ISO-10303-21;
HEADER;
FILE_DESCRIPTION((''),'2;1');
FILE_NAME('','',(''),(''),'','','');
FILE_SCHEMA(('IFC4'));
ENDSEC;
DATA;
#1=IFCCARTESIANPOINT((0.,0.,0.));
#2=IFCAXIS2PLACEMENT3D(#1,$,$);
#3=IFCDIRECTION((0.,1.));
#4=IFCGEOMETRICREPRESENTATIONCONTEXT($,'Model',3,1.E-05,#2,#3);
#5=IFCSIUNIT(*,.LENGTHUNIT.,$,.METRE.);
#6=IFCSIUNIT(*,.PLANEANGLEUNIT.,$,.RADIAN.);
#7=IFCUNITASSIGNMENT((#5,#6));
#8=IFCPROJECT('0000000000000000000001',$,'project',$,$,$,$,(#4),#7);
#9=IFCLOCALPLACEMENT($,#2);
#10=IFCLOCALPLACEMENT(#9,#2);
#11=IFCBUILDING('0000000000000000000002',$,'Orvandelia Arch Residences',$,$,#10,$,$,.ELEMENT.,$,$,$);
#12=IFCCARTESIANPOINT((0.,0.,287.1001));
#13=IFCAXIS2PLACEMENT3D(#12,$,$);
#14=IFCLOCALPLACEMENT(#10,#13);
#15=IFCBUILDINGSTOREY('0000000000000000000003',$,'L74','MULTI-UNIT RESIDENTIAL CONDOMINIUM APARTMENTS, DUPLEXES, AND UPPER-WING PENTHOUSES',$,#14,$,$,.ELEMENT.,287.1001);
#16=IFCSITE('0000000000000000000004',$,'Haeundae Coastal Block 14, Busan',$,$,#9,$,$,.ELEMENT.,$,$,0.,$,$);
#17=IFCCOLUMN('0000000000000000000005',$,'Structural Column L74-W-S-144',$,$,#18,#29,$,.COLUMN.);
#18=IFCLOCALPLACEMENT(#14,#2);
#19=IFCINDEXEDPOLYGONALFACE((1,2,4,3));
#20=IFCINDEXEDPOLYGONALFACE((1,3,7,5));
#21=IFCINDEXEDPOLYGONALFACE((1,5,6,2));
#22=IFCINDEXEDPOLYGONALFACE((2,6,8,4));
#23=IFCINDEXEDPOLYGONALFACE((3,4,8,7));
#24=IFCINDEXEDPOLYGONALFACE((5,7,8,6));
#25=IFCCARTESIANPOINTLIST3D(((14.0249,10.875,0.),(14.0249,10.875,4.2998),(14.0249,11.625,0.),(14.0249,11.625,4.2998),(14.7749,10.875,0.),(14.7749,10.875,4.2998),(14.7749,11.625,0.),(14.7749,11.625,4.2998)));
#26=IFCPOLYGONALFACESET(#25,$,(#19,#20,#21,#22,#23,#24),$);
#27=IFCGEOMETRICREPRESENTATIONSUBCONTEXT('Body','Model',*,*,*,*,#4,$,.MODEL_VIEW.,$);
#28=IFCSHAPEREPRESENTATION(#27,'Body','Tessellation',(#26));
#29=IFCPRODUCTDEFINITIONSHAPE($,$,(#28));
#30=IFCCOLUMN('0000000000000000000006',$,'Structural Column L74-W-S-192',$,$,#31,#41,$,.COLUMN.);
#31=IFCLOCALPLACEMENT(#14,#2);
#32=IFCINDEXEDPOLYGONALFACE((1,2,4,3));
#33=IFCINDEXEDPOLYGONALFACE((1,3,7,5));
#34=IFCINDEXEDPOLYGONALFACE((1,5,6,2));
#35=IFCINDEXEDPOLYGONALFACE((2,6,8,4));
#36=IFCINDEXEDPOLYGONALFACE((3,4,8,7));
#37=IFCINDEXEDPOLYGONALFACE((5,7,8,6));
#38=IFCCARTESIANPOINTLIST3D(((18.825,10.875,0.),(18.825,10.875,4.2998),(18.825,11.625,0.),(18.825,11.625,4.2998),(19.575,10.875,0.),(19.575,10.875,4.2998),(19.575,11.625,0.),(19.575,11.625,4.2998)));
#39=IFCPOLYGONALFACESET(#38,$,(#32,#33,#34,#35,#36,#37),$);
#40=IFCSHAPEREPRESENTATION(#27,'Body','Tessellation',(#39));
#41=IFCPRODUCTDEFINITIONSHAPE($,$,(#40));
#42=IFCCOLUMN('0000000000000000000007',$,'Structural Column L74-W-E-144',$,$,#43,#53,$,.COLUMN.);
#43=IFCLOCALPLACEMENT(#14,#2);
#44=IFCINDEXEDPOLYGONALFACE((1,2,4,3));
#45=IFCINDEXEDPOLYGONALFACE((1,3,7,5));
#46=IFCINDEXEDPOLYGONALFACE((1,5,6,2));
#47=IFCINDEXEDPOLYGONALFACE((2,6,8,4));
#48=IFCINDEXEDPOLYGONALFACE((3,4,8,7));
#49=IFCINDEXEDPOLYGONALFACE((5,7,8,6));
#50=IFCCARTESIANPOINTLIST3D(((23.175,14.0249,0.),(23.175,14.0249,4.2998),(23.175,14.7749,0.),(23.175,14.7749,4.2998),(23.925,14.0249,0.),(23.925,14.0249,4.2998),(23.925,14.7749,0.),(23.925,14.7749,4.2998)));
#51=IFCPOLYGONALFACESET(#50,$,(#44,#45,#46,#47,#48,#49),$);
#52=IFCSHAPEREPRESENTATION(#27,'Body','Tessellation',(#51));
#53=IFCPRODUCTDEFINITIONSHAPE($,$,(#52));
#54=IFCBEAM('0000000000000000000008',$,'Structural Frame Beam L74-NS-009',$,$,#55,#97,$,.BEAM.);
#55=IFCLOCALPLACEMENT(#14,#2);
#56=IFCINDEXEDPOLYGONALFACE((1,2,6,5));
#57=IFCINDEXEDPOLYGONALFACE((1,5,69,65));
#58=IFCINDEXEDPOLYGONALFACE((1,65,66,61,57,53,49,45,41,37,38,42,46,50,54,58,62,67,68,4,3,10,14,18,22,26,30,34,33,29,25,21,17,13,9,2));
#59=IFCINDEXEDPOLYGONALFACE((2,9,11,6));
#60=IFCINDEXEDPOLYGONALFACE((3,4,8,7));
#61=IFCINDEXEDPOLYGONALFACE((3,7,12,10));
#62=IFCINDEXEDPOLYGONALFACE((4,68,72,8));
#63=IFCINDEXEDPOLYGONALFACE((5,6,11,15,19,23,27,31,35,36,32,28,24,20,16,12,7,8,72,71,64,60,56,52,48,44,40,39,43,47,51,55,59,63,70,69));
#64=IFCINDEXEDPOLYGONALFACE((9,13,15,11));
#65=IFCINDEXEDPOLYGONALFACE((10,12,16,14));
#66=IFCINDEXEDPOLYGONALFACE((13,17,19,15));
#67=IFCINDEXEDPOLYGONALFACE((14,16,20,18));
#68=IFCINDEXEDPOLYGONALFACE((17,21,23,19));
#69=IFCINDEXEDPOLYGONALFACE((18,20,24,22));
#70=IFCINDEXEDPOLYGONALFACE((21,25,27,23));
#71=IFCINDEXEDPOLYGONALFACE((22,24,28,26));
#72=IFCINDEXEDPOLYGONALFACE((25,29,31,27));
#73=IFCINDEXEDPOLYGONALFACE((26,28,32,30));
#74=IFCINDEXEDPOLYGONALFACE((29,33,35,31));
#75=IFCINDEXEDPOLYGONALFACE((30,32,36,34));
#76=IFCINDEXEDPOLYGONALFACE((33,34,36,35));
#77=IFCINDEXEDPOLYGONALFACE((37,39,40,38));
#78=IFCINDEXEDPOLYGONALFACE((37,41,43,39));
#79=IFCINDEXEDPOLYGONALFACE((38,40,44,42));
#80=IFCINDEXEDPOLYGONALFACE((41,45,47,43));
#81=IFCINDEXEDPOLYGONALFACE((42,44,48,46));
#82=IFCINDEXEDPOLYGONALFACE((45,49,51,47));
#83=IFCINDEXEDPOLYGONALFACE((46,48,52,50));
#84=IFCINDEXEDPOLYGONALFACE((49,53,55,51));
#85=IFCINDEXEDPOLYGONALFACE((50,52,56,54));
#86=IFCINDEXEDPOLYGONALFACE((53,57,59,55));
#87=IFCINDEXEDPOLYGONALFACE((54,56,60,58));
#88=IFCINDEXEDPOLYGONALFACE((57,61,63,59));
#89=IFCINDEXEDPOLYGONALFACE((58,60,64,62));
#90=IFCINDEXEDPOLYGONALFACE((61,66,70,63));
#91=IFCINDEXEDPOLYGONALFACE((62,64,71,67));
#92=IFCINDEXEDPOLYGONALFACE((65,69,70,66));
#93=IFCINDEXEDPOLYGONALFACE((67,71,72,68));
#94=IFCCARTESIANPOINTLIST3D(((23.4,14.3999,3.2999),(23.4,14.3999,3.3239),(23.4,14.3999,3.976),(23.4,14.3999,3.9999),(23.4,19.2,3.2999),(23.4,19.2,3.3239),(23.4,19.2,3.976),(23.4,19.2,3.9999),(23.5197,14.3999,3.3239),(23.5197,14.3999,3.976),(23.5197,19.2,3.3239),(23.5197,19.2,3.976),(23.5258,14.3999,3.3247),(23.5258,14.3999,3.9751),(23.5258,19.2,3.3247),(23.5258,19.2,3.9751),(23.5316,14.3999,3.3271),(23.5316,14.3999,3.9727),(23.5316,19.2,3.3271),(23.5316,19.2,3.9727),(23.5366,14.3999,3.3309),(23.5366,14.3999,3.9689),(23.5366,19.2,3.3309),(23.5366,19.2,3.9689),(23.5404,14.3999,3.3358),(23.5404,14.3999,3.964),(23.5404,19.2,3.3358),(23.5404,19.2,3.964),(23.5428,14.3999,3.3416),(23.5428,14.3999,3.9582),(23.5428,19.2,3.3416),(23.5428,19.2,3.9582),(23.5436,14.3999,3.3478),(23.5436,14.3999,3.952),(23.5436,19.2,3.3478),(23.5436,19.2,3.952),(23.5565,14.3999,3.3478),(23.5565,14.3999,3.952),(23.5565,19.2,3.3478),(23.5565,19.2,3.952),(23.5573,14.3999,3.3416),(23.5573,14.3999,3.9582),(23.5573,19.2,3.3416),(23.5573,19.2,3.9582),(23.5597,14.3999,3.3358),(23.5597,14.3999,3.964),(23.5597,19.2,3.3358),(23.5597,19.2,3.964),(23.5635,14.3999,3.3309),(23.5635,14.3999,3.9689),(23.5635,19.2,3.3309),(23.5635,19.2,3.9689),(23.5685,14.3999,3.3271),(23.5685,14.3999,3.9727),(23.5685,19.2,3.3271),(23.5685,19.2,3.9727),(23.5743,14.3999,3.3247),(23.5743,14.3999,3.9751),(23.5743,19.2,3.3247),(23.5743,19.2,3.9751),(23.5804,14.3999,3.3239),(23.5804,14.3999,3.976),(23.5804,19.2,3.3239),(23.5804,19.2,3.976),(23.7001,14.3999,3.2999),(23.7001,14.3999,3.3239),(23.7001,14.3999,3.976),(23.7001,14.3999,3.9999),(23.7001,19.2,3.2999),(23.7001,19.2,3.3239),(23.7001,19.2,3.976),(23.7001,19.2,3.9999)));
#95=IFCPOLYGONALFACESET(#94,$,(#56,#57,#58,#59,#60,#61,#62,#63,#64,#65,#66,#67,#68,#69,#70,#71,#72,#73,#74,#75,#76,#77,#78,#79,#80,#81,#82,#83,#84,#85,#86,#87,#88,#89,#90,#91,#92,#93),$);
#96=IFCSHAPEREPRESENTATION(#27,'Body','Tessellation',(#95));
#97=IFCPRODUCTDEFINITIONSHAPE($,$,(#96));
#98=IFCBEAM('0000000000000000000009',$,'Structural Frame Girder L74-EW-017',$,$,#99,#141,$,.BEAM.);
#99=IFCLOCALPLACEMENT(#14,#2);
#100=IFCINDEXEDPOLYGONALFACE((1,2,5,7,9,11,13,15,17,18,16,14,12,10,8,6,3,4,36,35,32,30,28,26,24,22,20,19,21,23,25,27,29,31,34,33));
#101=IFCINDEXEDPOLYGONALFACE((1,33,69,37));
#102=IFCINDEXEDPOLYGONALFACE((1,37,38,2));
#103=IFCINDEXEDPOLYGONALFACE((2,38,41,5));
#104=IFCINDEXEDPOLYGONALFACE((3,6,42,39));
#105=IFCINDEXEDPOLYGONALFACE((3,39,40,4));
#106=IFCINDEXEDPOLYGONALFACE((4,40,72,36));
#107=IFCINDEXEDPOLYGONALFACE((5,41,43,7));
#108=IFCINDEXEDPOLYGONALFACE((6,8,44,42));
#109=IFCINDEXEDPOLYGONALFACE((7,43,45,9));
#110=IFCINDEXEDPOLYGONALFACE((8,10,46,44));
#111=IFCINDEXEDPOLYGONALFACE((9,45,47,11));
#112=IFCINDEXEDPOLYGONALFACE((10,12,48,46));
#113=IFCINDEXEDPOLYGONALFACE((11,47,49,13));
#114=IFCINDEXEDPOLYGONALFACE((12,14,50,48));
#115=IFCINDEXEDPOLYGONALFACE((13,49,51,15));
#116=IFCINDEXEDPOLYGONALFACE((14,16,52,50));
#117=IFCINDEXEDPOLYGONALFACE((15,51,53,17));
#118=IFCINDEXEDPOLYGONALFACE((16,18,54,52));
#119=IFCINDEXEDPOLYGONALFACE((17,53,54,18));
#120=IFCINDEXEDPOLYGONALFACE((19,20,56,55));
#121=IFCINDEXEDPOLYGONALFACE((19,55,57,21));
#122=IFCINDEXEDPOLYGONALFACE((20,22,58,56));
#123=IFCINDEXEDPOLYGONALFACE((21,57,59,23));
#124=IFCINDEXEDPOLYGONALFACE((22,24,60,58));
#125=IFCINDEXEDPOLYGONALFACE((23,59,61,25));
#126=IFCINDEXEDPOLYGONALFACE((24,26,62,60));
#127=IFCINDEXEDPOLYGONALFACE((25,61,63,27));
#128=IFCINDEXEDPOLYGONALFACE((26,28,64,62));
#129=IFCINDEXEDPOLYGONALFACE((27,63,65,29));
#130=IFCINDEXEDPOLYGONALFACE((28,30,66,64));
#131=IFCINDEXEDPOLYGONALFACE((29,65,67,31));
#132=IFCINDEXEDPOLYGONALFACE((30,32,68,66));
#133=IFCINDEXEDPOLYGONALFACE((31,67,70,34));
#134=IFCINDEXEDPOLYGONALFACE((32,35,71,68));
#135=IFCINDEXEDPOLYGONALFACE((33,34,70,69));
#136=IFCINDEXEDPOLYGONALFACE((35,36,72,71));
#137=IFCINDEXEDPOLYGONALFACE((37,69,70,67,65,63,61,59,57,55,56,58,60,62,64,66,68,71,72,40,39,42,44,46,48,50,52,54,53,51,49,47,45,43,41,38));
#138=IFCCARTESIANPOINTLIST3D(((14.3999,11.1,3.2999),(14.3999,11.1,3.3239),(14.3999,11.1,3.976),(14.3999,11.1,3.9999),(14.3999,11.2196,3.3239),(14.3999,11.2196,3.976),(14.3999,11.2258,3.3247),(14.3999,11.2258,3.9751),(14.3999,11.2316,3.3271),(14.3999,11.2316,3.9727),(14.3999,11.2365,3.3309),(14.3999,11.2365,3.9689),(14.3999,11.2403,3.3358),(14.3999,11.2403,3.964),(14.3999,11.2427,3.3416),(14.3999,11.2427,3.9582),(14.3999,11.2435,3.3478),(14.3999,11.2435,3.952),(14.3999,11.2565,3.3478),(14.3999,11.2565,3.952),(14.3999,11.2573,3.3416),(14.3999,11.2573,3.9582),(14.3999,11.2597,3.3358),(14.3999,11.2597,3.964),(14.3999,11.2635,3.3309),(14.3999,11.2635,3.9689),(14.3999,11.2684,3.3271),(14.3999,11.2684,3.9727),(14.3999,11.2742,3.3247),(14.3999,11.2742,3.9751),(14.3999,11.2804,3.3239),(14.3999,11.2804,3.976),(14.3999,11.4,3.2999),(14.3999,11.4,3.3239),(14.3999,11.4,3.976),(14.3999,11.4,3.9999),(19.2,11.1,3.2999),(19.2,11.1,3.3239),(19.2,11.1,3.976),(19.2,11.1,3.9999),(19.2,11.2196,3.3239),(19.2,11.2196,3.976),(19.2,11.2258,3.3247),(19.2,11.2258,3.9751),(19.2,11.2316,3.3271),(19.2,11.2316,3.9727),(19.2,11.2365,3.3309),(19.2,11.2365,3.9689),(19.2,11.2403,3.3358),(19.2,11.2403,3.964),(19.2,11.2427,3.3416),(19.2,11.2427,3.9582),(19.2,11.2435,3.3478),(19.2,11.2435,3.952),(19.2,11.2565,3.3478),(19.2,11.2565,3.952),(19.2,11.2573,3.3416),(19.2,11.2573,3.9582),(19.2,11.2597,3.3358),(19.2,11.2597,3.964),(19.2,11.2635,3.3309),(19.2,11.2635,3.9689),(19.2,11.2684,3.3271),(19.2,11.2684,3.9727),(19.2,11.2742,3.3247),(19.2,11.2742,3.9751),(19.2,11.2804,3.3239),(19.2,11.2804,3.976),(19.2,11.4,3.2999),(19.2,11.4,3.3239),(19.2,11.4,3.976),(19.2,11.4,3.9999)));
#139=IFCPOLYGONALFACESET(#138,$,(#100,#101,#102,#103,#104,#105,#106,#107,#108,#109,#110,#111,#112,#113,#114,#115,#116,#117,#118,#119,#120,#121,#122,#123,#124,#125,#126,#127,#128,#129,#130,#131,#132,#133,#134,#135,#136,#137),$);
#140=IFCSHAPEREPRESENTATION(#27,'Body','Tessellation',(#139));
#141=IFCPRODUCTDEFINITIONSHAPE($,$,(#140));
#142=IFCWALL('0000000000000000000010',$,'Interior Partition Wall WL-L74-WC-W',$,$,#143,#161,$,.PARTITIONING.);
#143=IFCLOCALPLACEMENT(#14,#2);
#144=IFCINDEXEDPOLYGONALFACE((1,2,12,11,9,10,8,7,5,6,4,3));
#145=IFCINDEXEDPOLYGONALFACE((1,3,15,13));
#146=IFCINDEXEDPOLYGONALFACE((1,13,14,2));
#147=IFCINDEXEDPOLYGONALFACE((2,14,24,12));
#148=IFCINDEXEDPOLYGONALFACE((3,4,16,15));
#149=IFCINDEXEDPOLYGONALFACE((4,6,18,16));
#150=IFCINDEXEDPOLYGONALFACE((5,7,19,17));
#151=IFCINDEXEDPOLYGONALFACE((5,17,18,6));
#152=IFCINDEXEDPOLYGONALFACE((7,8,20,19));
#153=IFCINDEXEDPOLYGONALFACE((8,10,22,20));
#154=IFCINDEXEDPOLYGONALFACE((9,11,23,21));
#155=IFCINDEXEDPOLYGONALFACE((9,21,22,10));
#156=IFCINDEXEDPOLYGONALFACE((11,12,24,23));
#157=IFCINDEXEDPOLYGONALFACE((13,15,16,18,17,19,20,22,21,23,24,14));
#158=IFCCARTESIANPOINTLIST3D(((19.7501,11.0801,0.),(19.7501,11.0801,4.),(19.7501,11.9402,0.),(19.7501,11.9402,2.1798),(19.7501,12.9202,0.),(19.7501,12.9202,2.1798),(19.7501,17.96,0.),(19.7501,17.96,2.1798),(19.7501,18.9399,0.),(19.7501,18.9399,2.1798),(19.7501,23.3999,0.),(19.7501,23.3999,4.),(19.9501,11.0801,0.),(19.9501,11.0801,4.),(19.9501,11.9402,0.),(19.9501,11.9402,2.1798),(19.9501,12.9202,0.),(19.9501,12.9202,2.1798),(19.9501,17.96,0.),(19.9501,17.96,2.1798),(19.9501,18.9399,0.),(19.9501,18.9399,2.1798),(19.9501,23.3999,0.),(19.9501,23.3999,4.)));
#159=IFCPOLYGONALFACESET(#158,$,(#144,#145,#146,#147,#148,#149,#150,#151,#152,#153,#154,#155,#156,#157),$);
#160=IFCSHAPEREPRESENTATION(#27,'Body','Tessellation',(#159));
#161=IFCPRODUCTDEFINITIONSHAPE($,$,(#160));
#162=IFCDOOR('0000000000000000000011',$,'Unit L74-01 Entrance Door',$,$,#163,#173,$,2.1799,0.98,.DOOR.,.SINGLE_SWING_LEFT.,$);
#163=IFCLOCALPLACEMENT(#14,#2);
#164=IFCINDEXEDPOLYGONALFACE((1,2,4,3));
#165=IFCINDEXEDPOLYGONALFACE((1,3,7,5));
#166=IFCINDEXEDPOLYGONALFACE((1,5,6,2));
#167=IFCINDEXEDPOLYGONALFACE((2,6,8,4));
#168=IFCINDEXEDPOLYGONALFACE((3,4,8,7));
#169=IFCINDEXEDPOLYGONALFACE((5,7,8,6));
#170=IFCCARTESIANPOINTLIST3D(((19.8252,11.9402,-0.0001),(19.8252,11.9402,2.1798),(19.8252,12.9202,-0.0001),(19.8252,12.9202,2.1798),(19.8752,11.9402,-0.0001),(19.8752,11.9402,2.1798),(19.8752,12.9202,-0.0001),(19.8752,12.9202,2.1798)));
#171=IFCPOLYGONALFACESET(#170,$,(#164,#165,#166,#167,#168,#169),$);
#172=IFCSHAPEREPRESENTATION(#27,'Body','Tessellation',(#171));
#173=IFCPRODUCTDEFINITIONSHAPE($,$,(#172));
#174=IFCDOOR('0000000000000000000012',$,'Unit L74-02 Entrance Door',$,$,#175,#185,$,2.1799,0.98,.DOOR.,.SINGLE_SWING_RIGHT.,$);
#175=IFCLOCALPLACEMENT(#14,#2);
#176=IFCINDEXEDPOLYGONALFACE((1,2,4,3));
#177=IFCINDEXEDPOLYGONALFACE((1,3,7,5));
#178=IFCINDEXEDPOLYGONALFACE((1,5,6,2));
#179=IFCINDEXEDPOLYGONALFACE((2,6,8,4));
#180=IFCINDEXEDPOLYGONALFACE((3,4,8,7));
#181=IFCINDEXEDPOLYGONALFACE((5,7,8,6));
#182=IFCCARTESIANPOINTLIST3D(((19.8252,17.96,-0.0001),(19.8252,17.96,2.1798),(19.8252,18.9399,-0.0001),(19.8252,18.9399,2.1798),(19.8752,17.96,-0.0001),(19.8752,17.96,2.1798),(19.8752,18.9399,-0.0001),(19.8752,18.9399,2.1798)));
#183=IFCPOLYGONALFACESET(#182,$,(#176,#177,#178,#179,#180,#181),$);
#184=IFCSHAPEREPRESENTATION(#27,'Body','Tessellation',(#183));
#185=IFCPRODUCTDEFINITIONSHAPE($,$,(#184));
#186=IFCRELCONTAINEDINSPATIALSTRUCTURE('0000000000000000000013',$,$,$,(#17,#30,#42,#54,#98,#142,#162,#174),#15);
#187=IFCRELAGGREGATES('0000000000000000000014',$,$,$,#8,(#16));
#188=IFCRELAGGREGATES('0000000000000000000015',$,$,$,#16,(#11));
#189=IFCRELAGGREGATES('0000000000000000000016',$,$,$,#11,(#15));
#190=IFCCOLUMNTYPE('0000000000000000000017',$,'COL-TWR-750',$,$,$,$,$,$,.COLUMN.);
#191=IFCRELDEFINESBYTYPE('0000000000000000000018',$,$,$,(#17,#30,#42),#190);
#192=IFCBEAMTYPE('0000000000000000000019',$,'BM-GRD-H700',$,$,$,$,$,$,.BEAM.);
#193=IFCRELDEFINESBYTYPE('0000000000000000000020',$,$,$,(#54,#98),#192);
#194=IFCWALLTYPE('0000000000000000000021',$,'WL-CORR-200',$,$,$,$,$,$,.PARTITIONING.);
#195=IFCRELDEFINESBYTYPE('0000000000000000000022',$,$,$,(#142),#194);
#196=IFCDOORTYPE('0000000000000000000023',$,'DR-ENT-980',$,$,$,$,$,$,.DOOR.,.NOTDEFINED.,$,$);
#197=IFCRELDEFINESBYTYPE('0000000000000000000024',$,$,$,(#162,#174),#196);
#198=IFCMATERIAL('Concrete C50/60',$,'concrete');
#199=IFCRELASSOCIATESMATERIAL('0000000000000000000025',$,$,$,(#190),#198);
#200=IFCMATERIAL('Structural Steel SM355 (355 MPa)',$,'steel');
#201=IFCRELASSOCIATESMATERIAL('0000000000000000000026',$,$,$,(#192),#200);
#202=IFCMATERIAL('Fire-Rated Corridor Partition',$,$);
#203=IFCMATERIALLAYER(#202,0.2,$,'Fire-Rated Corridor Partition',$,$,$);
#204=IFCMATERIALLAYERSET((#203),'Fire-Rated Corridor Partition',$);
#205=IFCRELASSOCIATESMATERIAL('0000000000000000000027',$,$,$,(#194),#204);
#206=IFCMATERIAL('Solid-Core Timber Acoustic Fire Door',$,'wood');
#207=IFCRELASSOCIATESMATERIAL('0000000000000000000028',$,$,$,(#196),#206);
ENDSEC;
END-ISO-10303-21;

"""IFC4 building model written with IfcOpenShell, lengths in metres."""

from ifc_helpers import new_model, si_unit, direction, frame, frame_2d, origin, origin_2d, place, context, subcontext, project, spatial, rectangle, i_section, extrude, material, layer, layer_set, material_profile, profile_set, type_object, element, fill, save


model = new_model("IFC4")

# Units and contexts
model_context = context("Model", 3, precision=1e-05, world=origin(), true_north=direction((0.0, 1.0)))
body_context = subcontext(model_context, "Body", "Model", "MODEL_VIEW")
ifc_project = project(units=[si_unit("LENGTHUNIT", "METRE"), si_unit("PLANEANGLEUNIT", "RADIAN")], contexts=[model_context])

# Site, building, storey
site_placement = place(None, origin())
site = spatial("IfcSite", under=ifc_project, at=site_placement, Name="Haeundae Coastal Block 14, Busan", CompositionType="ELEMENT", RefElevation=0.0)
building_placement = place(site_placement, origin())
building = spatial("IfcBuilding", under=site, at=building_placement, Name="Orvandelia Arch Residences", CompositionType="ELEMENT")
storey_placement = place(building_placement, frame((0.0, 0.0, 287.1001)))
storey = spatial("IfcBuildingStorey", under=building, at=storey_placement, Name="L74", Description="MULTI-UNIT RESIDENTIAL CONDOMINIUM APARTMENTS, DUPLEXES, AND UPPER-WING PENTHOUSES", CompositionType="ELEMENT", Elevation=287.1001)

# Columns
ifc_material_1 = material(Name="Concrete C50/60", Category="concrete")
ifc_material_profile_1 = material_profile(ifc_material_1, rectangle(XDim=0.75, YDim=0.75, at=origin_2d()), Name="Concrete C50/60", Category="concrete")
ifc_profile_set_1 = profile_set([ifc_material_profile_1], Name="Concrete C50/60")
column_type = type_object("IfcColumnType", Name="COL-TWR-750", PredefinedType="COLUMN", material=ifc_profile_set_1)
for number, where, z_axis, x_axis, name in (
    (1, (14.3999, 11.25, 0.0), (0.0, 0.0, 1.0), (1.0, 0.0, 0.0), "Structural Column L74-W-S-144"),
    (2, (19.2, 11.25, 0.0), (0.0, 0.0, 1.0), (1.0, 0.0, 0.0), "Structural Column L74-W-S-192"),
    (3, (23.55, 14.3999, 0.0), (0.0, 0.0, 1.0), (1.0, 0.0, 0.0), "Structural Column L74-W-E-144"),
):
    element("IfcColumn", number, at=place(storey_placement, frame(where, z_axis=z_axis, x_axis=x_axis)), inside=storey, type_object=column_type, Name=name, PredefinedType="COLUMN", context=body_context, shape_type="SweptSolid", body=[
        extrude(rectangle(XDim=0.75, YDim=0.75, at=origin_2d()), origin(), (0.0, 0.0, 1.0), 4.2998),
    ])

# Beams
ifc_material_2 = material(Name="Structural Steel SM355 (355 MPa)", Category="steel")
ifc_material_profile_2 = material_profile(ifc_material_2, i_section(OverallWidth=0.3, OverallDepth=0.7, WebThickness=0.0129, FlangeThickness=0.0239, FilletRadius=0.0239, at=origin_2d()), Name="Structural Steel SM355 (355 MPa)", Category="steel")
ifc_profile_set_2 = profile_set([ifc_material_profile_2], Name="Structural Steel SM355 (355 MPa)")
beam_type = type_object("IfcBeamType", Name="BM-GRD-H700", PredefinedType="BEAM", material=ifc_profile_set_2)
for number, where, z_axis, x_axis, name in (
    (4, (23.55, 14.3999, 3.6499), (0.0, 1.0, 0.0), (-1.0, 0.0, 0.0), "Structural Frame Beam L74-NS-009"),
    (5, (14.3999, 11.25, 3.6499), (1.0, 0.0, 0.0), (0.0, 1.0, 0.0), "Structural Frame Girder L74-EW-017"),
):
    element("IfcBeam", number, at=place(storey_placement, frame(where, z_axis=z_axis, x_axis=x_axis)), inside=storey, type_object=beam_type, Name=name, PredefinedType="BEAM", context=body_context, shape_type="SweptSolid", body=[
        extrude(i_section(OverallWidth=0.3, OverallDepth=0.7, WebThickness=0.0129, FlangeThickness=0.0239, FilletRadius=0.0239, at=origin_2d()), origin(), (0.0, 0.0, 1.0), 4.8),
    ])

# Wall, openings, doors
ifc_material_3 = material(Name="Fire-Rated Corridor Partition")
ifc_layer_1 = layer(ifc_material_3, 0.2, Name="Fire-Rated Corridor Partition")
ifc_layer_set_1 = layer_set([ifc_layer_1], Name="Fire-Rated Corridor Partition")
wall_type_1 = type_object("IfcWallType", Name="WL-CORR-200", PredefinedType="PARTITIONING", material=ifc_layer_set_1)
wall_1_placement = place(storey_placement, frame((19.8501, 11.0801, 0.0), z_axis=(0.0, 0.0, 1.0), x_axis=(0.0, 1.0, 0.0)))
wall_1 = element("IfcWall", 6, at=wall_1_placement, inside=storey, type_object=wall_type_1, Name="Interior Partition Wall WL-L74-WC-W", PredefinedType="PARTITIONING", context=body_context, shape_type="SweptSolid", body=[
    extrude(rectangle(XDim=12.3198, YDim=0.2, at=frame_2d((6.1599, 0.0))), origin(), (0.0, 0.0, 1.0), 4.0),
])
opening_1_placement = place(wall_1_placement, frame((0.8601, 0.0, 0.0)))
opening_1 = element("IfcOpeningElement", 7, at=opening_1_placement, cuts=wall_1, PredefinedType="OPENING", context=body_context, shape_type="SweptSolid", body=[
    extrude(rectangle(XDim=0.98, YDim=2.1799, at=frame_2d((0.49, 1.0898))), frame((0.0, 0.1099, 0.0), z_axis=(0.0, -1.0, 0.0), x_axis=(1.0, 0.0, 0.0)), (0.0, 0.0, 1.0), 0.22),
])
opening_2_placement = place(wall_1_placement, frame((6.8799, 0.0, 0.0)))
opening_2 = element("IfcOpeningElement", 8, at=opening_2_placement, cuts=wall_1, PredefinedType="OPENING", context=body_context, shape_type="SweptSolid", body=[
    extrude(rectangle(XDim=0.98, YDim=2.1799, at=frame_2d((0.49, 1.0898))), frame((0.0, 0.1099, 0.0), z_axis=(0.0, -1.0, 0.0), x_axis=(1.0, 0.0, 0.0)), (0.0, 0.0, 1.0), 0.22),
])
ifc_material_4 = material(Name="Solid-Core Timber Acoustic Fire Door", Category="wood")
door_type_1 = type_object("IfcDoorType", Name="DR-ENT-980", OperationType="NOTDEFINED", PredefinedType="DOOR", material=ifc_material_4)
door_1_placement = place(opening_1_placement, origin())
door_1 = element("IfcDoor", 9, at=door_1_placement, inside=storey, type_object=door_type_1, Name="Unit L74-01 Entrance Door", OperationType="SINGLE_SWING_LEFT", OverallHeight=2.1799, OverallWidth=0.98, PredefinedType="DOOR", context=body_context, shape_type="SweptSolid", body=[
    extrude(rectangle(XDim=0.98, YDim=2.1799, at=frame_2d((0.49, 1.0898))), frame((0.0, 0.0249, 0.0), z_axis=(0.0, -1.0, 0.0), x_axis=(1.0, 0.0, 0.0)), (0.0, 0.0, 1.0), 0.05),
])
fill(opening_1, door_1)
door_2_placement = place(opening_2_placement, origin())
door_2 = element("IfcDoor", 10, at=door_2_placement, inside=storey, type_object=door_type_1, Name="Unit L74-02 Entrance Door", OperationType="SINGLE_SWING_RIGHT", OverallHeight=2.1799, OverallWidth=0.98, PredefinedType="DOOR", context=body_context, shape_type="SweptSolid", body=[
    extrude(rectangle(XDim=0.98, YDim=2.1799, at=frame_2d((0.49, 1.0898))), frame((0.0, 0.0249, 0.0), z_axis=(0.0, -1.0, 0.0), x_axis=(1.0, 0.0, 0.0)), (0.0, 0.0, 1.0), 0.05),
])
fill(opening_2, door_2)

save(model, "model.ifc")
